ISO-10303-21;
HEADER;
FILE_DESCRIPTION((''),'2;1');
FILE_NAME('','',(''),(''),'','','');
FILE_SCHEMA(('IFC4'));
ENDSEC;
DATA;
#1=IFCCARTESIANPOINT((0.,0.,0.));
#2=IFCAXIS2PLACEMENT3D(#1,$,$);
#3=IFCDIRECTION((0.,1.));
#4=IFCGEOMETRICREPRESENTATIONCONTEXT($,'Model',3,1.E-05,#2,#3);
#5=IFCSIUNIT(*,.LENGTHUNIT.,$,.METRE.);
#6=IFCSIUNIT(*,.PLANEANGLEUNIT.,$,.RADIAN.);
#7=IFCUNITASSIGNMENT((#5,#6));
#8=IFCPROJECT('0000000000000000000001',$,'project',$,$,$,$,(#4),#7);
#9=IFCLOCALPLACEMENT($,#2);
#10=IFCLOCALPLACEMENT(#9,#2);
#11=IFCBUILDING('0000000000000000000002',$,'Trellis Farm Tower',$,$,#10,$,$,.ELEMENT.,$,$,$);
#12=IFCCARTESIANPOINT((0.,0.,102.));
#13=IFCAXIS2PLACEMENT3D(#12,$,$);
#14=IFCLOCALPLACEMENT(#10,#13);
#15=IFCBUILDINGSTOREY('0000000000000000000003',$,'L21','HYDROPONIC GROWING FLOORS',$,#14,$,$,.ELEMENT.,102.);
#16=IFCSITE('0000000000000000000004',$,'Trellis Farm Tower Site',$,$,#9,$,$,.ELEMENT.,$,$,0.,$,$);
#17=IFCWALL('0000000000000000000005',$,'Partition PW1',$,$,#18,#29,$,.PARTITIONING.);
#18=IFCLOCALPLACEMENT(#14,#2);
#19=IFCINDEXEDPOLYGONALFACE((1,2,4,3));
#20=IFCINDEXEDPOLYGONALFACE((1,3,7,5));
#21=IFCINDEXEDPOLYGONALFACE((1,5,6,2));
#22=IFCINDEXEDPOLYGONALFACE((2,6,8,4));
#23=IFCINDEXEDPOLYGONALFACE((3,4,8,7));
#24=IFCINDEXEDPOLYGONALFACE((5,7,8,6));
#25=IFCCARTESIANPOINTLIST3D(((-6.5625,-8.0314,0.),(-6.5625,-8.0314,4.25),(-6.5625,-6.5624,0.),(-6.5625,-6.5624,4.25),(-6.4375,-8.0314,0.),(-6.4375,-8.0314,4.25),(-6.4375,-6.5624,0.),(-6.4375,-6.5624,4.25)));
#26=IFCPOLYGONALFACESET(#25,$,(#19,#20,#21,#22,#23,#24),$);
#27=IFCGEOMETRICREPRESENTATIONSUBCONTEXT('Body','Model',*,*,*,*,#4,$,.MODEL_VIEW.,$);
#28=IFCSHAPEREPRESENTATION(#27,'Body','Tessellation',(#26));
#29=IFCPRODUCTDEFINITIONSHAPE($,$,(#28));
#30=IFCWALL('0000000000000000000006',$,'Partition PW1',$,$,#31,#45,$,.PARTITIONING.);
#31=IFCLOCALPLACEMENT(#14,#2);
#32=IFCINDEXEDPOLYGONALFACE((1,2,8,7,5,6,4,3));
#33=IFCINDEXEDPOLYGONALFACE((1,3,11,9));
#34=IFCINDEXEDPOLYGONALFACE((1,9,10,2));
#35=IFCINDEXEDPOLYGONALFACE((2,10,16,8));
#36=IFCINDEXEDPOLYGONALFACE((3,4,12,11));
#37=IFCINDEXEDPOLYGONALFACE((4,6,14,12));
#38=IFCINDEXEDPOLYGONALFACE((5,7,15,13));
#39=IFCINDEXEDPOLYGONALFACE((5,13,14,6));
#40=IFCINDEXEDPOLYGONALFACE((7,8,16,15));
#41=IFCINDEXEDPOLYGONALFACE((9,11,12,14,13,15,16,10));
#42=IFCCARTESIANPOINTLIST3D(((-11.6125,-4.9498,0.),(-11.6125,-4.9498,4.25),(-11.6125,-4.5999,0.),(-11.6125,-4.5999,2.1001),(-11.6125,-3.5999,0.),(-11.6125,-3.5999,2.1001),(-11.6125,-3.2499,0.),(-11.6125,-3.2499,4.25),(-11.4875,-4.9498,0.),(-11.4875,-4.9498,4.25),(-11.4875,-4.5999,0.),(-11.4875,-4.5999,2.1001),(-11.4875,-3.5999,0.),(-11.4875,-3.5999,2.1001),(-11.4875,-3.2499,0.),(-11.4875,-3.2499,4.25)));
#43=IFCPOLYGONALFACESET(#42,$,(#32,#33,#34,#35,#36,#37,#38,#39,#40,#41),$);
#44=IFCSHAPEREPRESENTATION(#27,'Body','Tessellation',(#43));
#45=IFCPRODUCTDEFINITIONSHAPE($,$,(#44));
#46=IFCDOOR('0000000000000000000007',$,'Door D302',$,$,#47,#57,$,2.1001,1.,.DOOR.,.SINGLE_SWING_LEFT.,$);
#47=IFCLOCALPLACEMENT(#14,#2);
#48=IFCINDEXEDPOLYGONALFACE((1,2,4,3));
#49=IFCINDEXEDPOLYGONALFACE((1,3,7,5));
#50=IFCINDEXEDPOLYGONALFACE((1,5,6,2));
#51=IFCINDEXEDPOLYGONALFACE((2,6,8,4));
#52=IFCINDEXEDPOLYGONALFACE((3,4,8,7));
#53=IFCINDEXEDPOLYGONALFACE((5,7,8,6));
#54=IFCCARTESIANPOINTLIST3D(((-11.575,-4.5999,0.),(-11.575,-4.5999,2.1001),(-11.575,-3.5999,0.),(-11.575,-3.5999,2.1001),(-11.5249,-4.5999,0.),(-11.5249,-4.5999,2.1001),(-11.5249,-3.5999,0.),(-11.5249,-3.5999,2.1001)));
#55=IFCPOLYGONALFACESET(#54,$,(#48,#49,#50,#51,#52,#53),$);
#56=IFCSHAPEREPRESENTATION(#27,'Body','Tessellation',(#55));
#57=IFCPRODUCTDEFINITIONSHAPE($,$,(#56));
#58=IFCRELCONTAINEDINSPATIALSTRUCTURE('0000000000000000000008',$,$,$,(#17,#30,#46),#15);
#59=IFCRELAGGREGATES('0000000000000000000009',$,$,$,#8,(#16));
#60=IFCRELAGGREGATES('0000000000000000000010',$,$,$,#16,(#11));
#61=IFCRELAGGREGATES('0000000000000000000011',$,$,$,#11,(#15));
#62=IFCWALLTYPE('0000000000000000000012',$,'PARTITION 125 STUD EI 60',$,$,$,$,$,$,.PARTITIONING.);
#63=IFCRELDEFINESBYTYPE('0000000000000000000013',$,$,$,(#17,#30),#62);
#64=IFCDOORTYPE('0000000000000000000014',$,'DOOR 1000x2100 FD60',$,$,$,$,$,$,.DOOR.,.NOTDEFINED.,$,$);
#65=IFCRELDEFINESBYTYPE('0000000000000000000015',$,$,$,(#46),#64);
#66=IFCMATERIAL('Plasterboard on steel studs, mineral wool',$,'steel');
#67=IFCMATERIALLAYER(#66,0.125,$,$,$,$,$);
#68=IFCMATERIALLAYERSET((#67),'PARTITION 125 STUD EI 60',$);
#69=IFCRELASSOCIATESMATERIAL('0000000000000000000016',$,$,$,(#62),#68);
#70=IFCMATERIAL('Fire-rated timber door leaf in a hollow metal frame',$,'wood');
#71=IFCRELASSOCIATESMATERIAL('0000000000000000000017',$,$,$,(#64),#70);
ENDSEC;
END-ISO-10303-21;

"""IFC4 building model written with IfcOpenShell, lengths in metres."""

from ifc_helpers import new_model, si_unit, direction, frame, frame_2d, origin, place, context, subcontext, project, spatial, rectangle, extrude, source, transform, mapped, material, layer, layer_set, type_object, element, fill, save


model = new_model("IFC4")

# Units and contexts
model_context = context("Model", 3, precision=1e-05, world=origin(), true_north=direction((0.0, 1.0)))
body_context = subcontext(model_context, "Body", "Model", "MODEL_VIEW")
ifc_project = project(units=[si_unit("LENGTHUNIT", "METRE"), si_unit("PLANEANGLEUNIT", "RADIAN")], contexts=[model_context])

# Site, building, storey
site_placement = place(None, origin())
site = spatial("IfcSite", under=ifc_project, at=site_placement, Name="Trellis Farm Tower Site", CompositionType="ELEMENT", RefElevation=0.0)
building_placement = place(site_placement, origin())
building = spatial("IfcBuilding", under=site, at=building_placement, Name="Trellis Farm Tower", CompositionType="ELEMENT")
storey_placement = place(building_placement, frame((0.0, 0.0, 102.0)))
storey = spatial("IfcBuildingStorey", under=building, at=storey_placement, Name="L21", Description="HYDROPONIC GROWING FLOORS", CompositionType="ELEMENT", Elevation=102.0)

# Wall
ifc_material_1 = material(Name="Plasterboard on steel studs, mineral wool", Category="steel")
ifc_layer_1 = layer(ifc_material_1, 0.125)
ifc_layer_set_1 = layer_set([ifc_layer_1], Name="PARTITION 125 STUD EI 60")
wall_type_1 = type_object("IfcWallType", Name="PARTITION 125 STUD EI 60", PredefinedType="PARTITIONING", material=ifc_layer_set_1)
shared_shape_1 = source(origin(), body_context, "Body", "SweptSolid", [
    extrude(rectangle(XDim=1.469, YDim=0.125, at=frame_2d((0.7344, 0.0))), origin(), (0.0, 0.0, 1.0), 4.25),
])
wall_1_placement = place(storey_placement, frame((-6.5, -6.5625, 0.0), z_axis=(0.0, 0.0, 1.0), x_axis=(0.0, -1.0, 0.0)))
element("IfcWall", 1, at=wall_1_placement, inside=storey, type_object=wall_type_1, Name="Partition PW1", PredefinedType="PARTITIONING", context=body_context, shape_type="MappedRepresentation", body=[
    mapped(shared_shape_1, transform((0.0, 0.0, 0.0))),
])

# Wall, opening, door
shared_shape_2 = source(origin(), body_context, "Body", "SweptSolid", [
    extrude(rectangle(XDim=1.7, YDim=0.125, at=frame_2d((0.8501, 0.0))), origin(), (0.0, 0.0, 1.0), 4.25),
])
wall_2_placement = place(storey_placement, frame((-11.55, -4.95, 0.0), z_axis=(0.0, 0.0, 1.0), x_axis=(0.0, 1.0, 0.0)))
wall_2 = element("IfcWall", 2, at=wall_2_placement, inside=storey, type_object=wall_type_1, Name="Partition PW1", PredefinedType="PARTITIONING", context=body_context, shape_type="MappedRepresentation", body=[
    mapped(shared_shape_2, transform((0.0, 0.0, 0.0))),
])
shared_shape_3 = source(origin(), body_context, "Body", "SweptSolid", [
    extrude(rectangle(XDim=1.0, YDim=2.1001, at=frame_2d((0.5, 1.05))), frame((0.0, 0.0725, 0.0), z_axis=(0.0, -1.0, 0.0), x_axis=(1.0, 0.0, 0.0)), (0.0, 0.0, 1.0), 0.145),
])
opening_1_placement = place(wall_2_placement, frame((0.3501, 0.0, 0.0)))
opening_1 = element("IfcOpeningElement", 3, at=opening_1_placement, cuts=wall_2, PredefinedType="OPENING", context=body_context, shape_type="MappedRepresentation", body=[
    mapped(shared_shape_3, transform((0.0, 0.0, 0.0))),
])
ifc_material_2 = material(Name="Fire-rated timber door leaf in a hollow metal frame", Category="wood")
door_type_1 = type_object("IfcDoorType", Name="DOOR 1000x2100 FD60", OperationType="NOTDEFINED", PredefinedType="DOOR", material=ifc_material_2)
shared_shape_4 = source(origin(), body_context, "Body", "SweptSolid", [
    extrude(rectangle(XDim=1.0, YDim=2.1001, at=frame_2d((0.5, 1.05))), frame((0.0, 0.0249, 0.0), z_axis=(0.0, -1.0, 0.0), x_axis=(1.0, 0.0, 0.0)), (0.0, 0.0, 1.0), 0.05),
])
door_1_placement = place(opening_1_placement, origin())
door_1 = element("IfcDoor", 4, at=door_1_placement, inside=storey, type_object=door_type_1, Name="Door D302", OperationType="SINGLE_SWING_LEFT", OverallHeight=2.1001, OverallWidth=1.0, PredefinedType="DOOR", context=body_context, shape_type="MappedRepresentation", body=[
    mapped(shared_shape_4, transform((0.0, 0.0, 0.0))),
])
fill(opening_1, door_1)

save(model, "model.ifc")
